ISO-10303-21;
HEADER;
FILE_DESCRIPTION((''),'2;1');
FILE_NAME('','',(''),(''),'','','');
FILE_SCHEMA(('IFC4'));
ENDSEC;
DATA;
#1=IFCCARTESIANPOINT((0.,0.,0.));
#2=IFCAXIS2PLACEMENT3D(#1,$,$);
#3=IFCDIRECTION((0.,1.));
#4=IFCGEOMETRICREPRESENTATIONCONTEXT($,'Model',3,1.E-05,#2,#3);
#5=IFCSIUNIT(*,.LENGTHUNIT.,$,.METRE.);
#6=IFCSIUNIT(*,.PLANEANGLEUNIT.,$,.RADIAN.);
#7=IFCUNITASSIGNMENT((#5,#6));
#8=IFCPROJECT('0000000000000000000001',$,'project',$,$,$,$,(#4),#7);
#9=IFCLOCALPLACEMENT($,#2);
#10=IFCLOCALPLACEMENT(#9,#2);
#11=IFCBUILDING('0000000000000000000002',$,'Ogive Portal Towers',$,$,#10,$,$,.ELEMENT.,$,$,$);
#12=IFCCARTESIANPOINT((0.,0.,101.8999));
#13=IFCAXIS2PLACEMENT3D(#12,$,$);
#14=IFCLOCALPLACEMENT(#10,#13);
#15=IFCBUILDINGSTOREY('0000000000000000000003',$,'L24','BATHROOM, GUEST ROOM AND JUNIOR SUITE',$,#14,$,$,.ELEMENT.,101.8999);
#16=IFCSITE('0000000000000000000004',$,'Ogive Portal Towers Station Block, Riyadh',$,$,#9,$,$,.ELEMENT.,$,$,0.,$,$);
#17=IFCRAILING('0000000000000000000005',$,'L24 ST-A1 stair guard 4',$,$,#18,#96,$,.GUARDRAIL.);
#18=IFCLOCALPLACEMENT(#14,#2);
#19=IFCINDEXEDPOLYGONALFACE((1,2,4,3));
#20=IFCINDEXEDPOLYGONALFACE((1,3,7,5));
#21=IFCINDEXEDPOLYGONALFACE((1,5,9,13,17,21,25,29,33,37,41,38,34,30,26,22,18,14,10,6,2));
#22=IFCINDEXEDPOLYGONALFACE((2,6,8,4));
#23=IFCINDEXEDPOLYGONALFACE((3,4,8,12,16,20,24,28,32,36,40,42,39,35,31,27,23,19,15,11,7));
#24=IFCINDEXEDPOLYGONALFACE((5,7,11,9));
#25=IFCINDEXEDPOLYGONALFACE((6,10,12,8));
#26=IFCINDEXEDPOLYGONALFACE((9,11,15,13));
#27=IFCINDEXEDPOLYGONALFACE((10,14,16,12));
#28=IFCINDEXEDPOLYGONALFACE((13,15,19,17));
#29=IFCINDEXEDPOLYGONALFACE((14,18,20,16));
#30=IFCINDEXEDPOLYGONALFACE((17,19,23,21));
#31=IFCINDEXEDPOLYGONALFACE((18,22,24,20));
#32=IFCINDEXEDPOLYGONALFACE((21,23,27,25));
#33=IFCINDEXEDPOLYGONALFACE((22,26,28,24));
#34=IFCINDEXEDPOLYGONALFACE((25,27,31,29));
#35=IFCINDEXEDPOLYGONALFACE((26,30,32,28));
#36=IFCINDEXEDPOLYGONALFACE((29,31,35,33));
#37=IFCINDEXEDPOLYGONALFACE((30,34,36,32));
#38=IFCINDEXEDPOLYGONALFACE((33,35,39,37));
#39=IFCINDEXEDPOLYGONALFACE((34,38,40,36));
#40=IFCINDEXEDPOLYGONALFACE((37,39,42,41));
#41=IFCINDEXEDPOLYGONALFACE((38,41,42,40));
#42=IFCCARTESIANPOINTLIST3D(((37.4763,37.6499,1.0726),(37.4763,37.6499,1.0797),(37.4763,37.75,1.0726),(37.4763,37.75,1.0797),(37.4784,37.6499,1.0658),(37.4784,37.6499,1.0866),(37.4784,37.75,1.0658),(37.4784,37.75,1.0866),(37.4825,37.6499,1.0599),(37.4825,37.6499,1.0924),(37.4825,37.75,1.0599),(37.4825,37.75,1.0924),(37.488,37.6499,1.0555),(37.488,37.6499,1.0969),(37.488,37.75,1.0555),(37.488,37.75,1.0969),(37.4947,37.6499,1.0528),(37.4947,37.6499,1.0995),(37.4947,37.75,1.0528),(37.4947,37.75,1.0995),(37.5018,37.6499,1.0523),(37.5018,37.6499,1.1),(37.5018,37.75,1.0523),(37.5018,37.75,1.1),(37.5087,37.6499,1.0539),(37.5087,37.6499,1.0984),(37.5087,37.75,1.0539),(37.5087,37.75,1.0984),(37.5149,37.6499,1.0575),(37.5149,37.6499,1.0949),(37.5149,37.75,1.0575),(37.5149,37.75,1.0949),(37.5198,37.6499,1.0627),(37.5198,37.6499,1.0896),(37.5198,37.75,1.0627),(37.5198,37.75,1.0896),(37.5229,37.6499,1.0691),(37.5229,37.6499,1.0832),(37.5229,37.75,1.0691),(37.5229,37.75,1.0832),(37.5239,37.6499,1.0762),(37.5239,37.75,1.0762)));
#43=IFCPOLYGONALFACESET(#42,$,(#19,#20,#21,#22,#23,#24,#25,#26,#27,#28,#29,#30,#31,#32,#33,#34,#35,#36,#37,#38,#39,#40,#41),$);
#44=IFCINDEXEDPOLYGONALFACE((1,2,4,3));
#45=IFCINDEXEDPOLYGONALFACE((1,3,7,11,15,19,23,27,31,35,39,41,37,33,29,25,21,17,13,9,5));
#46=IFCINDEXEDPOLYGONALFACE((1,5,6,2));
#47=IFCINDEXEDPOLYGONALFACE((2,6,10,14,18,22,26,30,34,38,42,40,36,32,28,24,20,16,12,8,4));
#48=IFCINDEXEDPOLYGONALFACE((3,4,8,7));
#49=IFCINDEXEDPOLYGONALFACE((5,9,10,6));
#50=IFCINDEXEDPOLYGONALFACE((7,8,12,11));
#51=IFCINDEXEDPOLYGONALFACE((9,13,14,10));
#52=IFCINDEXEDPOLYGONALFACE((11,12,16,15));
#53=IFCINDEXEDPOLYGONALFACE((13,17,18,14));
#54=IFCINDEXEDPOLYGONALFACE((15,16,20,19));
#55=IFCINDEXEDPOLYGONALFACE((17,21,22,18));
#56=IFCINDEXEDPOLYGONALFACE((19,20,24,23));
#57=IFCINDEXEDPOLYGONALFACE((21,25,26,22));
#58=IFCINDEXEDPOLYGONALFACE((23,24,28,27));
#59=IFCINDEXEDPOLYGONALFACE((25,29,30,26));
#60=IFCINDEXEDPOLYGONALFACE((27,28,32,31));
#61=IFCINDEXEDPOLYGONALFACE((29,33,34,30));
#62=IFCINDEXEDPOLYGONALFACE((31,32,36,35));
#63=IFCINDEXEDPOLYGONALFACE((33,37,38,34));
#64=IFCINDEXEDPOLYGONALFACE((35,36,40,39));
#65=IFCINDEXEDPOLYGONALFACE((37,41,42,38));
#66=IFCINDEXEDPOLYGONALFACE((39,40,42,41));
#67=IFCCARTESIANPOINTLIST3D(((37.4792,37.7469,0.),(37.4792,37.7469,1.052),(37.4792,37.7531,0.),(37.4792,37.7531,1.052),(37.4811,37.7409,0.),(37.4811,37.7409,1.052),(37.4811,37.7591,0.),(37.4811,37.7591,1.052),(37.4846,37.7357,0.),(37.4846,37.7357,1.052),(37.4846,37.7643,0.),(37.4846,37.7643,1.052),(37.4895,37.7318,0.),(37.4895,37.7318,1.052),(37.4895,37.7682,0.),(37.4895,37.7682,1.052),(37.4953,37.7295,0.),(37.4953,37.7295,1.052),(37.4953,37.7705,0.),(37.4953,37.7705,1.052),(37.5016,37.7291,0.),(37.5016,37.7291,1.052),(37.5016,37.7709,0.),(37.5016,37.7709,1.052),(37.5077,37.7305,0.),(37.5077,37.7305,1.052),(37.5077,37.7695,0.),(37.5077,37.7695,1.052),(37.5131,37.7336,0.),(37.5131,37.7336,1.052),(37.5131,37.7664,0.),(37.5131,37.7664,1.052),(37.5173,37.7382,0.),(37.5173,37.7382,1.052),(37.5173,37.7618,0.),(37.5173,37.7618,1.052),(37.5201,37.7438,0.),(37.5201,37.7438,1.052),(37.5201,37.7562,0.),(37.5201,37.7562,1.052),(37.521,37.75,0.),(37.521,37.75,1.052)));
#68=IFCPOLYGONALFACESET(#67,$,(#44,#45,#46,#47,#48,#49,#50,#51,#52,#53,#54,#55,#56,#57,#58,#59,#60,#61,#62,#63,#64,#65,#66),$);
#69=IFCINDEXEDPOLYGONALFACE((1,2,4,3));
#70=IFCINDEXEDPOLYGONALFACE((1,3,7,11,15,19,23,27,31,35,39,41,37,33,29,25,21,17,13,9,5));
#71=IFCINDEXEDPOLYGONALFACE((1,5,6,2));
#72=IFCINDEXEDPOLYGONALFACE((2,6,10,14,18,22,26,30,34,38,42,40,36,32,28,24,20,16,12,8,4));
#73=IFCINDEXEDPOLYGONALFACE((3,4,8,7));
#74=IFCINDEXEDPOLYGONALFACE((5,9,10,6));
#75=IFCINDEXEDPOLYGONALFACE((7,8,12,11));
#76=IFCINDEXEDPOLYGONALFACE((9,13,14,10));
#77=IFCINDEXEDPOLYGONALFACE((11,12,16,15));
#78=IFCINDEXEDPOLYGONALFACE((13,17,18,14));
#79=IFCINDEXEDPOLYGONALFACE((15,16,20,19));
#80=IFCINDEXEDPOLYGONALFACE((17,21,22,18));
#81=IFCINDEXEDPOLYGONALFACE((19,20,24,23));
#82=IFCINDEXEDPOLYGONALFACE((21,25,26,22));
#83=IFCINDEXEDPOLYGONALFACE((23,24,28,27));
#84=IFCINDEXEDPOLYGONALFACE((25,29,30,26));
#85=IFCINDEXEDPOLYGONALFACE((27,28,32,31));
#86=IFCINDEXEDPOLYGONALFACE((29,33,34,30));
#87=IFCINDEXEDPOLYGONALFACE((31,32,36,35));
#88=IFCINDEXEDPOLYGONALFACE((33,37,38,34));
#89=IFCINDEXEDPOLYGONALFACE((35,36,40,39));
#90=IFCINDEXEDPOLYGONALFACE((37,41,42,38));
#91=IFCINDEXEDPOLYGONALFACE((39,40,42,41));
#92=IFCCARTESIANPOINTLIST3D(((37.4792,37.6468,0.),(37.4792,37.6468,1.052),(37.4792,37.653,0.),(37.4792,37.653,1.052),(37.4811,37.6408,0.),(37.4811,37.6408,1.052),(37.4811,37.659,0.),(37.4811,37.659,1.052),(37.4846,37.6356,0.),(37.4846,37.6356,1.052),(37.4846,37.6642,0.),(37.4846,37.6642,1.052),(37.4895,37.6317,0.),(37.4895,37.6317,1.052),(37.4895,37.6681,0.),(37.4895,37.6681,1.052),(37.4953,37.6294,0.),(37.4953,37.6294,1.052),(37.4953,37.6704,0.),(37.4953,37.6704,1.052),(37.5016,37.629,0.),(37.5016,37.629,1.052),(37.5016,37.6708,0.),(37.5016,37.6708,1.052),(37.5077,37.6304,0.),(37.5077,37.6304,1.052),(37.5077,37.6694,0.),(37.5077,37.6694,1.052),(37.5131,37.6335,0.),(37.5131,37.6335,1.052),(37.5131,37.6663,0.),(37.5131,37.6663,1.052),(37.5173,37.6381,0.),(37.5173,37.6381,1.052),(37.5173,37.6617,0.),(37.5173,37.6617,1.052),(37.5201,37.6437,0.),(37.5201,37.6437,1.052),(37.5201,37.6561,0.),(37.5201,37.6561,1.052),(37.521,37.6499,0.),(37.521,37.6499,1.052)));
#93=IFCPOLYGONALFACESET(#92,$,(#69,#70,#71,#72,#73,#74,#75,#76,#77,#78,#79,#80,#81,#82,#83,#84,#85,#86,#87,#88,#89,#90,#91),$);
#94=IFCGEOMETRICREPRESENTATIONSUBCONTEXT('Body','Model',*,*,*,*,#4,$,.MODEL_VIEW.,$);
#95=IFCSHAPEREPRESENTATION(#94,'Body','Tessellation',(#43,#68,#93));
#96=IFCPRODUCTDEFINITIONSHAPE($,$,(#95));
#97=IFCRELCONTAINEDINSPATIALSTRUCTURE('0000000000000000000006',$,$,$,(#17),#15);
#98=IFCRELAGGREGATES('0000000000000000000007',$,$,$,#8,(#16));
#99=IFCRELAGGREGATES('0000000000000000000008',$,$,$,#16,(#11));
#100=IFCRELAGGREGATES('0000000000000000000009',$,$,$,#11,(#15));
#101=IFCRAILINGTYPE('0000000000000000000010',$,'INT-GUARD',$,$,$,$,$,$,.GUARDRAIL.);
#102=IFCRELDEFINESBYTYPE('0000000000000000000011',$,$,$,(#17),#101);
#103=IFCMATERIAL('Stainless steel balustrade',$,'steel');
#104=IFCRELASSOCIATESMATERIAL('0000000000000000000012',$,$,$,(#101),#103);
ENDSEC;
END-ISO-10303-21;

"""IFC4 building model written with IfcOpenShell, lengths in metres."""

from ifc_helpers import new_model, si_unit, direction, frame, origin, origin_2d, place, context, subcontext, project, spatial, circle, extrude, material, type_object, element, save


model = new_model("IFC4")

# Units and contexts
model_context = context("Model", 3, precision=1e-05, world=origin(), true_north=direction((0.0, 1.0)))
body_context = subcontext(model_context, "Body", "Model", "MODEL_VIEW")
ifc_project = project(units=[si_unit("LENGTHUNIT", "METRE"), si_unit("PLANEANGLEUNIT", "RADIAN")], contexts=[model_context])

# Site, building, storey
site_placement = place(None, origin())
site = spatial("IfcSite", under=ifc_project, at=site_placement, Name="Ogive Portal Towers Station Block, Riyadh", CompositionType="ELEMENT", RefElevation=0.0)
building_placement = place(site_placement, origin())
building = spatial("IfcBuilding", under=site, at=building_placement, Name="Ogive Portal Towers", CompositionType="ELEMENT")
storey_placement = place(building_placement, frame((0.0, 0.0, 101.8999)))
storey = spatial("IfcBuildingStorey", under=building, at=storey_placement, Name="L24", Description="BATHROOM, GUEST ROOM AND JUNIOR SUITE", CompositionType="ELEMENT", Elevation=101.8999)

# Railing
ifc_material_1 = material(Name="Stainless steel balustrade", Category="steel")
railing_type_1 = type_object("IfcRailingType", Name="INT-GUARD", PredefinedType="GUARDRAIL", material=ifc_material_1)
railing_1_placement = place(storey_placement, frame((37.5, 37.75, 0.0)))
element("IfcRailing", 1, at=railing_1_placement, inside=storey, type_object=railing_type_1, Name="L24 ST-A1 stair guard 4", PredefinedType="GUARDRAIL", context=body_context, shape_type="SweptSolid", body=[
    extrude(circle(Radius=0.0239, at=origin_2d()), frame((0.0, 0.0, 1.0762), z_axis=(0.0, -1.0, 0.0), x_axis=(1.0, 0.0, 0.0)), (0.0, 0.0, 1.0), 0.1001),
    extrude(circle(Radius=0.021, at=origin_2d()), origin(), (0.0, 0.0, 1.0), 1.052),
    extrude(circle(Radius=0.021, at=origin_2d()), frame((0.0, -0.1001, 0.0)), (0.0, 0.0, 1.0), 1.052),
])

save(model, "model.ifc")
